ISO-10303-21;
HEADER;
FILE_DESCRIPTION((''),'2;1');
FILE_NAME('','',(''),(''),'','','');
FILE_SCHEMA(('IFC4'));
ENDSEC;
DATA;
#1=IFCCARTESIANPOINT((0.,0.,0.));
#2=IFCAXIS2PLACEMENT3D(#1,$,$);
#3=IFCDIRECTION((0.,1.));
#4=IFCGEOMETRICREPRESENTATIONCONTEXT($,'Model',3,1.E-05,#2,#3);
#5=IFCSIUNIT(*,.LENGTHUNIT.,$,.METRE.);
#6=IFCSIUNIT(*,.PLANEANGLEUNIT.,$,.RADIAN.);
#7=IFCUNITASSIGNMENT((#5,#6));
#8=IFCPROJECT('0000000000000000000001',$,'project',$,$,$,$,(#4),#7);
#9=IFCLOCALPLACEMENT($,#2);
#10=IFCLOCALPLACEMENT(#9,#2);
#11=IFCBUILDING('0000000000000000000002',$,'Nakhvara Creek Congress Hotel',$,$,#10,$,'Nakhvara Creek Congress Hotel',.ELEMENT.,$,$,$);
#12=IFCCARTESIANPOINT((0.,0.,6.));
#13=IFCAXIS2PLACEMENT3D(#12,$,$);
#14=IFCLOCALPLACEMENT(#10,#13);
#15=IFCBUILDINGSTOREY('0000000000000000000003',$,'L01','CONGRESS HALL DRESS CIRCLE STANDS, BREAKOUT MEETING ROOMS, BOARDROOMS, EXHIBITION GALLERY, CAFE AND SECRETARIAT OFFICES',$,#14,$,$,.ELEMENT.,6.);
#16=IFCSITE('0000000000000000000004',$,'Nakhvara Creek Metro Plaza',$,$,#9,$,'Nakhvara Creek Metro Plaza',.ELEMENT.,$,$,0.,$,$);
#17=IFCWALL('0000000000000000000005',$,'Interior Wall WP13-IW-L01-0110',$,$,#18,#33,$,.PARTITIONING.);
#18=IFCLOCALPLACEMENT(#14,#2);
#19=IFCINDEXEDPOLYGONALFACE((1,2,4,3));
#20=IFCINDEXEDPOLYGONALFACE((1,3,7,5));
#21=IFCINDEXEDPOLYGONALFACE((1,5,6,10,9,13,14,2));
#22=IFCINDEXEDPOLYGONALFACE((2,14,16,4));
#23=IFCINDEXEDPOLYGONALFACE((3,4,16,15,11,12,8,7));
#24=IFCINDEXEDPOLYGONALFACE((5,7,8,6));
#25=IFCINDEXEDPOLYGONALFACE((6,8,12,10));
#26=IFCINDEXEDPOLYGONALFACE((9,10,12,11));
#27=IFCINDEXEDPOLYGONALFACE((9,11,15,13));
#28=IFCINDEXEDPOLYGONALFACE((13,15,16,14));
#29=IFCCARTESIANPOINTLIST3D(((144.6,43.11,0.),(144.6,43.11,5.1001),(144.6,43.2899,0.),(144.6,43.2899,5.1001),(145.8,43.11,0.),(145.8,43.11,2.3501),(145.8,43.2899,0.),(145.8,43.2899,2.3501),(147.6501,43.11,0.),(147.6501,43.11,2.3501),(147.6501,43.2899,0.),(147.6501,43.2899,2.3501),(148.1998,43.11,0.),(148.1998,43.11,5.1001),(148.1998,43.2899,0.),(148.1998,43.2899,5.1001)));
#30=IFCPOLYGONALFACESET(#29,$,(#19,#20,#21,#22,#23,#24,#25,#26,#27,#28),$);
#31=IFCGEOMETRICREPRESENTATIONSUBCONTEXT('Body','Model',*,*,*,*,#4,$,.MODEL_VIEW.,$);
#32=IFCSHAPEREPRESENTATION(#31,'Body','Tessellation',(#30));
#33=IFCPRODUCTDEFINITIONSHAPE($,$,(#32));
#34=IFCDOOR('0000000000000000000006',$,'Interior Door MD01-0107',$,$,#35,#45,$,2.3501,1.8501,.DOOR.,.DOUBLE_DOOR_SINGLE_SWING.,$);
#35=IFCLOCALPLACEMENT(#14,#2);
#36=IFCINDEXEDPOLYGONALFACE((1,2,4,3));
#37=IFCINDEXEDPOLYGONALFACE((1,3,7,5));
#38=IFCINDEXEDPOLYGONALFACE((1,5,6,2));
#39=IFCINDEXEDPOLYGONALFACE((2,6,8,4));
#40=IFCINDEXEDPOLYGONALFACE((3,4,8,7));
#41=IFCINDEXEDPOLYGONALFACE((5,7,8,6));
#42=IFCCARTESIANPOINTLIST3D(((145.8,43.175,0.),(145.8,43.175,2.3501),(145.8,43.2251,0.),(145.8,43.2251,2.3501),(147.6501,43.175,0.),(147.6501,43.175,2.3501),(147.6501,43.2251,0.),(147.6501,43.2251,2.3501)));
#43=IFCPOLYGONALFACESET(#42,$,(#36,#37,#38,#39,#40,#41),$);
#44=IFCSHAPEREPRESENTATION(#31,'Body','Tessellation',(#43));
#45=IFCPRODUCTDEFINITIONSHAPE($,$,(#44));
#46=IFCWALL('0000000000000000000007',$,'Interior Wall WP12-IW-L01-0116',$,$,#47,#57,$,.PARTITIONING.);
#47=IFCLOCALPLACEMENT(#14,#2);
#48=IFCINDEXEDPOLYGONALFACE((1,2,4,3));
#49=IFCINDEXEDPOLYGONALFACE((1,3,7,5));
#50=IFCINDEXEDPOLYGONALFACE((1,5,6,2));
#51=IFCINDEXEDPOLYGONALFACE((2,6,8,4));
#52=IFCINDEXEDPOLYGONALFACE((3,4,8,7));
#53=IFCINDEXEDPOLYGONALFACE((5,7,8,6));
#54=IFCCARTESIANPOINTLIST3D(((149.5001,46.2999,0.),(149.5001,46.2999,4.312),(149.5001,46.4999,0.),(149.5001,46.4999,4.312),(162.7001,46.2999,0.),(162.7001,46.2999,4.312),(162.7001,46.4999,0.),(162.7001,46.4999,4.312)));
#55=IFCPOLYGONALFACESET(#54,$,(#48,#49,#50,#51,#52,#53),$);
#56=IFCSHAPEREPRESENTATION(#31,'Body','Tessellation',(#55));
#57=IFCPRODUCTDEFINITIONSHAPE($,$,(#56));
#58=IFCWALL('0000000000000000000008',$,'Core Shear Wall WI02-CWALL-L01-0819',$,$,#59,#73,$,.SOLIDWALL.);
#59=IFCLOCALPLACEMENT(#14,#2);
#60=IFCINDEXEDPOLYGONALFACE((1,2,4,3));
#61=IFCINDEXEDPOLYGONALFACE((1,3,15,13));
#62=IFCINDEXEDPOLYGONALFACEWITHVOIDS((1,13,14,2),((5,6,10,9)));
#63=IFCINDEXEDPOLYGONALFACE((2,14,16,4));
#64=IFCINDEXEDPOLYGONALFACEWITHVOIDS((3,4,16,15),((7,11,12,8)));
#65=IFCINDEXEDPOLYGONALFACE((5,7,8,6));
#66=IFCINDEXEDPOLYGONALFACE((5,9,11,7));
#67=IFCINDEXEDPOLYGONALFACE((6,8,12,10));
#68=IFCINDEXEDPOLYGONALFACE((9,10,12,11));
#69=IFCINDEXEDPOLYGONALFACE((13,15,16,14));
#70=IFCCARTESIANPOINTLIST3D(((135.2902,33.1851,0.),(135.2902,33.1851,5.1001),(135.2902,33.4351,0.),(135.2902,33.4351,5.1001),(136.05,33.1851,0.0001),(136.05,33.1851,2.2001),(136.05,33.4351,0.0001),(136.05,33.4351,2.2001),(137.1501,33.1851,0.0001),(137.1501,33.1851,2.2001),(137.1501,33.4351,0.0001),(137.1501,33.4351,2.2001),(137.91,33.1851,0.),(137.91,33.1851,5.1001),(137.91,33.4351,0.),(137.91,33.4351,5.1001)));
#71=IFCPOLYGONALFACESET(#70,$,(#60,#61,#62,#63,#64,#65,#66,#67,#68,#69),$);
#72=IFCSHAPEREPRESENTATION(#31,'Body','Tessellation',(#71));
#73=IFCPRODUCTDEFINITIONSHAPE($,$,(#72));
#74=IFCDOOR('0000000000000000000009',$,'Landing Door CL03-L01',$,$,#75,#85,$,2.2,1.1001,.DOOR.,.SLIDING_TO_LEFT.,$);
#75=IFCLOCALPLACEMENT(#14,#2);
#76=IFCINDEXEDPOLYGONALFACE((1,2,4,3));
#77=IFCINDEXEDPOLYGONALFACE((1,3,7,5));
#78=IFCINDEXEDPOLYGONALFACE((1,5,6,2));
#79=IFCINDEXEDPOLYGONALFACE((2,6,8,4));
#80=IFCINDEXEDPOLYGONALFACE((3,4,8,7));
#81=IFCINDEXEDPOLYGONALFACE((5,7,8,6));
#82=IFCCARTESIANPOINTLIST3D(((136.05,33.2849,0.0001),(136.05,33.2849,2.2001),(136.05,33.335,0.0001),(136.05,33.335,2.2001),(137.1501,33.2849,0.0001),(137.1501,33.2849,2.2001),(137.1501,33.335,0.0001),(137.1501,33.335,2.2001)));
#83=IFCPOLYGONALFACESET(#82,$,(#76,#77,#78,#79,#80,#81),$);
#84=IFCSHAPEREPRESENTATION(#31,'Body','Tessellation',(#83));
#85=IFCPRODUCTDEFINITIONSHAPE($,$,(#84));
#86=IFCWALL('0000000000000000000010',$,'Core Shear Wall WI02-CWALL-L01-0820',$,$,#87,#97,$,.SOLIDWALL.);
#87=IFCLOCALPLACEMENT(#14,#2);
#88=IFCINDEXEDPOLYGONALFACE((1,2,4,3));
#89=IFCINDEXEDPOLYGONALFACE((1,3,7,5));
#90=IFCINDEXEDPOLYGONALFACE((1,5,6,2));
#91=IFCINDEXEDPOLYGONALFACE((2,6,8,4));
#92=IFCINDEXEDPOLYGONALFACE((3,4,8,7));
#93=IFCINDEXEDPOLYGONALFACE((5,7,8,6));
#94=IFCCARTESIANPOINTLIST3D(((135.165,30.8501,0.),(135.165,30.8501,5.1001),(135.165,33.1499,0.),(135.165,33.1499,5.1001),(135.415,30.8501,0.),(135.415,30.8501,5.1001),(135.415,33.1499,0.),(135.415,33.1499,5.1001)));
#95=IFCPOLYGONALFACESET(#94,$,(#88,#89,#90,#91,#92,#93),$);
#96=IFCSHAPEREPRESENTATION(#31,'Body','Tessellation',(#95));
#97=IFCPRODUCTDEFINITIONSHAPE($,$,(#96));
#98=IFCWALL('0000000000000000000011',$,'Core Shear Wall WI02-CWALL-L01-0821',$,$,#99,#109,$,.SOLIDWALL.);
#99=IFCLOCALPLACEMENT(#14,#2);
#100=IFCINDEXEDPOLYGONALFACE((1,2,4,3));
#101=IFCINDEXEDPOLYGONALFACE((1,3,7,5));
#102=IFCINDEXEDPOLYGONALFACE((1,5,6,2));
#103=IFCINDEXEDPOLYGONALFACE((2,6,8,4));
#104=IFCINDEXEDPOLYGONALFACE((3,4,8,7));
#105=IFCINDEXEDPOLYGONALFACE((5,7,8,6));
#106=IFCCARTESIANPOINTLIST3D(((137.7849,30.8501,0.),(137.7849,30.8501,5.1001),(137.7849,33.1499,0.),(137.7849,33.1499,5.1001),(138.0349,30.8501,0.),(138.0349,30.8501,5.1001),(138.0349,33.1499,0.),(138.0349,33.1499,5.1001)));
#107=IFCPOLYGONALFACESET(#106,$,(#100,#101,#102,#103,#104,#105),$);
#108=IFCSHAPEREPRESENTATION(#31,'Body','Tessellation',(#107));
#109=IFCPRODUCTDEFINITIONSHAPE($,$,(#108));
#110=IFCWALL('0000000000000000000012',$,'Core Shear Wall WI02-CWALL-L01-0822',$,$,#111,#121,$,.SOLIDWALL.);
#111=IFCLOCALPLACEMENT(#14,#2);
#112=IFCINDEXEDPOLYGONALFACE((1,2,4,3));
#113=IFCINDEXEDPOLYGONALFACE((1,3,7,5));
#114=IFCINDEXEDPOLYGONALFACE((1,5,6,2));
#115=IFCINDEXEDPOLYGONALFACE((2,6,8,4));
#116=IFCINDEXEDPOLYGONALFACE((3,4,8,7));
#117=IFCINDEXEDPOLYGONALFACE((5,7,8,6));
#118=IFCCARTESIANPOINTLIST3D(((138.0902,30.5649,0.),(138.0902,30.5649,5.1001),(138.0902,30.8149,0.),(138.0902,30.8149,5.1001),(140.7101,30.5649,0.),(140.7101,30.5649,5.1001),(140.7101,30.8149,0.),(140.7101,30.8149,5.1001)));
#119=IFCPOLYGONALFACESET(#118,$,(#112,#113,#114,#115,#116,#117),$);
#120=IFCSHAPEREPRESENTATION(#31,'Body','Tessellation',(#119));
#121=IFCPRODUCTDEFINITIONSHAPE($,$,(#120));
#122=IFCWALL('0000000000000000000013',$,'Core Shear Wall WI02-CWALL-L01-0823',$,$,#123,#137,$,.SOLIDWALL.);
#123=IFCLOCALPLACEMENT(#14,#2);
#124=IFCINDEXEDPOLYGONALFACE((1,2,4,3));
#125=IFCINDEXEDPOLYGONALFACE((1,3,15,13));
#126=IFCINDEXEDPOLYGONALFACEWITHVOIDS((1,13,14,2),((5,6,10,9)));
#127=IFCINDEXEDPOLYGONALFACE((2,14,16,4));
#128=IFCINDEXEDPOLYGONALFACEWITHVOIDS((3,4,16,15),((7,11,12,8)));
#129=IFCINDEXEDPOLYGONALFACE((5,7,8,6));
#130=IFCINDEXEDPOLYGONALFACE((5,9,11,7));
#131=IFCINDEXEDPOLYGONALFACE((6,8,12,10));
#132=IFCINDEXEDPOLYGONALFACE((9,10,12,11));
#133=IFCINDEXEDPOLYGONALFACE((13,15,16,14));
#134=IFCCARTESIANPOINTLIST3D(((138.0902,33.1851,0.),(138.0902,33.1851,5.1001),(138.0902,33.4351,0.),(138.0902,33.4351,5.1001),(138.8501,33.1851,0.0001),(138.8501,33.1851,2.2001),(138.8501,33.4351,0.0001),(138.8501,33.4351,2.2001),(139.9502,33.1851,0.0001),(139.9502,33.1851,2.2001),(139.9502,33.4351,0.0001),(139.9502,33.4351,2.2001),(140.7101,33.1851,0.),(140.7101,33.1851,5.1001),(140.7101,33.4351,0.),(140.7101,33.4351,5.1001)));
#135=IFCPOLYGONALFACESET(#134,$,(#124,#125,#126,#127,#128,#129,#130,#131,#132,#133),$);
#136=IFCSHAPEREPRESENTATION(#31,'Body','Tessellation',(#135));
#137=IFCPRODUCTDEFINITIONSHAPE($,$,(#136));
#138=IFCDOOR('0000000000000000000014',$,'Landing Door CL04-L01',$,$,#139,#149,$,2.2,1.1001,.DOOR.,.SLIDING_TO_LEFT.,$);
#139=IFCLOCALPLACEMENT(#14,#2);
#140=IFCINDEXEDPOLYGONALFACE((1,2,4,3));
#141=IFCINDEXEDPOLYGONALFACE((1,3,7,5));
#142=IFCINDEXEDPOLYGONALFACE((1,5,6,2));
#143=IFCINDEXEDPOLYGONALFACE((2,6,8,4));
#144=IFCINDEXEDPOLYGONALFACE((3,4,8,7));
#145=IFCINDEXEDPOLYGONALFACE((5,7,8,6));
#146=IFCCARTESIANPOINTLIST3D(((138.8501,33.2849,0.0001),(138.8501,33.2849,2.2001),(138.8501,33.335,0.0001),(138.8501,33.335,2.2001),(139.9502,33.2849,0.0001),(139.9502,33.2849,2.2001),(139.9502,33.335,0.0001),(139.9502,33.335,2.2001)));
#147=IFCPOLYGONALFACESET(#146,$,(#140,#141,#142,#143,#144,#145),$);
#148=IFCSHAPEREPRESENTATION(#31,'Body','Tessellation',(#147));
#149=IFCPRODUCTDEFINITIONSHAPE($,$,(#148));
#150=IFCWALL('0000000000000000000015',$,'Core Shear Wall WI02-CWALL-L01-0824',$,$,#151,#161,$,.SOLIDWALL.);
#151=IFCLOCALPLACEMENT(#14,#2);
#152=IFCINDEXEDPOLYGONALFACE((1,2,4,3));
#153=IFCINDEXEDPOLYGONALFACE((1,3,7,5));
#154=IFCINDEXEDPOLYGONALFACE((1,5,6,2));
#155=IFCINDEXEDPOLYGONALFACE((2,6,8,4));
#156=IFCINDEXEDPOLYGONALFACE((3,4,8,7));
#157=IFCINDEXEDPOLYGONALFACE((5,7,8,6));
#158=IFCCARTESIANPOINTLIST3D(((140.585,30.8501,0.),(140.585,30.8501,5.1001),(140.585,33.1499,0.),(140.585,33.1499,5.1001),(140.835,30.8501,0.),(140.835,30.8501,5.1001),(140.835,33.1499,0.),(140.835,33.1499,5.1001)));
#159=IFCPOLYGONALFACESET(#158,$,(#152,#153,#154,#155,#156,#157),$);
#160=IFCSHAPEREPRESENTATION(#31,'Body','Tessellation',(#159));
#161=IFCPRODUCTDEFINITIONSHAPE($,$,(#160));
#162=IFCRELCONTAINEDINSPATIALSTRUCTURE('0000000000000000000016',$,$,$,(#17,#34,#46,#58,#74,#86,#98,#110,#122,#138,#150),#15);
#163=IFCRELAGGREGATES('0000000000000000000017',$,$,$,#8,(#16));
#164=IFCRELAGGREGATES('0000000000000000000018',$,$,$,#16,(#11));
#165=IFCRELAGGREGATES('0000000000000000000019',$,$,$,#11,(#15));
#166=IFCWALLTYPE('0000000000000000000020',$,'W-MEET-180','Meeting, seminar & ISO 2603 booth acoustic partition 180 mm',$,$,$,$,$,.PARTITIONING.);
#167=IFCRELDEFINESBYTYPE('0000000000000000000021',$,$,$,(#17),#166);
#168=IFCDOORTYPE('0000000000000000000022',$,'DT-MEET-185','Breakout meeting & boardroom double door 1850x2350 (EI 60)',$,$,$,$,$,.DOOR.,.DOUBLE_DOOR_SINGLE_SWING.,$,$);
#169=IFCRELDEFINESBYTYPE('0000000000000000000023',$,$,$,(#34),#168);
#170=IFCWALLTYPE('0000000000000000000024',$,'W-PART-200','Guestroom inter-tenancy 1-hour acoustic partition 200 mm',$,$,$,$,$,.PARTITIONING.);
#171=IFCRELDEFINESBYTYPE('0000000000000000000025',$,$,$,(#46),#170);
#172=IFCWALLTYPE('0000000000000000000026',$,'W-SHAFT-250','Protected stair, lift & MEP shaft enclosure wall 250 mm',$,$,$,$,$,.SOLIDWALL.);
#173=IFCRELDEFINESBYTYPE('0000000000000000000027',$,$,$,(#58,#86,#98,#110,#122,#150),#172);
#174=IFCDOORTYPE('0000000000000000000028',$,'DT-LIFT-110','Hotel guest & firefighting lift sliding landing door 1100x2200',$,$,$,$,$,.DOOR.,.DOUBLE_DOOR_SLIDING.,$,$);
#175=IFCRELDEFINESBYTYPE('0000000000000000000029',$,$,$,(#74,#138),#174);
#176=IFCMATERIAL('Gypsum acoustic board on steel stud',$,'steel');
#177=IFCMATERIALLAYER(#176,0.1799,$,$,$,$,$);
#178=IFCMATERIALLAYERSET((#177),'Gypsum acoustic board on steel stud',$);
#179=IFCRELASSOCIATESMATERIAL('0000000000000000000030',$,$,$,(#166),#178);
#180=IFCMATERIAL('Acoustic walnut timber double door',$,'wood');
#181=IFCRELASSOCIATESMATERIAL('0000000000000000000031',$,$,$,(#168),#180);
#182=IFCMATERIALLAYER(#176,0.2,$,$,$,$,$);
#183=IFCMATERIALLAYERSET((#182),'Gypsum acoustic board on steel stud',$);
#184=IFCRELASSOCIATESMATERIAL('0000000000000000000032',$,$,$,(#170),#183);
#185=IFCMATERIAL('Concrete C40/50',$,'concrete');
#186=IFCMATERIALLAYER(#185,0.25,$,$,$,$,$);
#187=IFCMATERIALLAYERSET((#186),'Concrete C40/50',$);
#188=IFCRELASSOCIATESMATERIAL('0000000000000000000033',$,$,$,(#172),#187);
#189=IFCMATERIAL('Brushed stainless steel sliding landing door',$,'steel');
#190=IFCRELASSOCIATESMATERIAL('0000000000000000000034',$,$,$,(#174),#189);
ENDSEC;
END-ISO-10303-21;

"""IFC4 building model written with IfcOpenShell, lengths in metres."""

from ifc_helpers import new_model, si_unit, direction, frame, frame_2d, origin, place, context, subcontext, project, spatial, rectangle, extrude, material, layer, layer_set, type_object, element, fill, save


model = new_model("IFC4")

# Units and contexts
model_context = context("Model", 3, precision=1e-05, world=origin(), true_north=direction((0.0, 1.0)))
body_context = subcontext(model_context, "Body", "Model", "MODEL_VIEW")
ifc_project = project(units=[si_unit("LENGTHUNIT", "METRE"), si_unit("PLANEANGLEUNIT", "RADIAN")], contexts=[model_context])

# Site, building, storey
site_placement = place(None, origin())
site = spatial("IfcSite", under=ifc_project, at=site_placement, Name="Nakhvara Creek Metro Plaza", LongName="Nakhvara Creek Metro Plaza", CompositionType="ELEMENT", RefElevation=0.0)
building_placement = place(site_placement, origin())
building = spatial("IfcBuilding", under=site, at=building_placement, Name="Nakhvara Creek Congress Hotel", LongName="Nakhvara Creek Congress Hotel", CompositionType="ELEMENT")
storey_placement = place(building_placement, frame((0.0, 0.0, 6.0)))
storey = spatial("IfcBuildingStorey", under=building, at=storey_placement, Name="L01", Description="CONGRESS HALL DRESS CIRCLE STANDS, BREAKOUT MEETING ROOMS, BOARDROOMS, EXHIBITION GALLERY, CAFE AND SECRETARIAT OFFICES", CompositionType="ELEMENT", Elevation=6.0)

# Shared definitions
ifc_material_1 = material(Name="Concrete C40/50", Category="concrete")

# Wall, opening, door
ifc_material_2 = material(Name="Gypsum acoustic board on steel stud", Category="steel")
ifc_layer_1 = layer(ifc_material_2, 0.1799)
ifc_layer_set_1 = layer_set([ifc_layer_1], Name="Gypsum acoustic board on steel stud")
wall_type_1 = type_object("IfcWallType", Name="W-MEET-180", Description="Meeting, seminar & ISO 2603 booth acoustic partition 180 mm", PredefinedType="PARTITIONING", material=ifc_layer_set_1)
wall_1_placement = place(storey_placement, frame((144.6001, 43.2, 0.0), z_axis=(0.0, 0.0, 1.0), x_axis=(1.0, 0.0, 0.0)))
wall_1 = element("IfcWall", 1, at=wall_1_placement, inside=storey, type_object=wall_type_1, Name="Interior Wall WP13-IW-L01-0110", PredefinedType="PARTITIONING", context=body_context, shape_type="SweptSolid", body=[
    extrude(rectangle(XDim=3.5999, YDim=0.1799, at=frame_2d((1.7998, 0.0))), origin(), (0.0, 0.0, 1.0), 5.1001),
])
opening_1_placement = place(wall_1_placement, frame((1.2, 0.0, 0.0)))
opening_1 = element("IfcOpeningElement", 2, at=opening_1_placement, cuts=wall_1, PredefinedType="OPENING", context=body_context, shape_type="SweptSolid", body=[
    extrude(rectangle(XDim=1.8501, YDim=2.3501, at=frame_2d((0.925, 1.175))), frame((0.0, 0.1021, 0.0), z_axis=(0.0, -1.0, 0.0), x_axis=(1.0, 0.0, 0.0)), (0.0, 0.0, 1.0), 0.2039),
])
ifc_material_3 = material(Name="Acoustic walnut timber double door", Category="wood")
door_type_1 = type_object("IfcDoorType", Name="DT-MEET-185", Description="Breakout meeting & boardroom double door 1850x2350 (EI 60)", OperationType="DOUBLE_DOOR_SINGLE_SWING", PredefinedType="DOOR", material=ifc_material_3)
door_1_placement = place(opening_1_placement, frame((1.8501, 0.0, 0.0), z_axis=(0.0, 0.0, 1.0), x_axis=(-1.0, 0.0, 0.0)))
door_1 = element("IfcDoor", 3, at=door_1_placement, inside=storey, type_object=door_type_1, Name="Interior Door MD01-0107", OperationType="DOUBLE_DOOR_SINGLE_SWING", OverallHeight=2.3501, OverallWidth=1.8501, PredefinedType="DOOR", context=body_context, shape_type="SweptSolid", body=[
    extrude(rectangle(XDim=1.8501, YDim=2.3501, at=frame_2d((0.925, 1.175))), frame((0.0, 0.0249, 0.0), z_axis=(0.0, -1.0, 0.0), x_axis=(1.0, 0.0, 0.0)), (0.0, 0.0, 1.0), 0.05),
])
fill(opening_1, door_1)

# Wall
ifc_layer_2 = layer(ifc_material_2, 0.2)
ifc_layer_set_2 = layer_set([ifc_layer_2], Name="Gypsum acoustic board on steel stud")
wall_type_2 = type_object("IfcWallType", Name="W-PART-200", Description="Guestroom inter-tenancy 1-hour acoustic partition 200 mm", PredefinedType="PARTITIONING", material=ifc_layer_set_2)
wall_2_placement = place(storey_placement, frame((149.5, 46.3999, 0.0), z_axis=(0.0, 0.0, 1.0), x_axis=(1.0, 0.0, 0.0)))
element("IfcWall", 4, at=wall_2_placement, inside=storey, type_object=wall_type_2, Name="Interior Wall WP12-IW-L01-0116", PredefinedType="PARTITIONING", context=body_context, shape_type="SweptSolid", body=[
    extrude(rectangle(XDim=13.2, YDim=0.2, at=frame_2d((6.6001, 0.0))), origin(), (0.0, 0.0, 1.0), 4.312),
])
ifc_layer_3 = layer(ifc_material_1, 0.25)
ifc_layer_set_3 = layer_set([ifc_layer_3], Name="Concrete C40/50")
wall_type_3 = type_object("IfcWallType", Name="W-SHAFT-250", Description="Protected stair, lift & MEP shaft enclosure wall 250 mm", PredefinedType="SOLIDWALL", material=ifc_layer_set_3)

# Wall, opening, door
wall_3_placement = place(storey_placement, frame((135.29, 33.3101, 0.0), z_axis=(0.0, 0.0, 1.0), x_axis=(1.0, 0.0, 0.0)))
wall_3 = element("IfcWall", 5, at=wall_3_placement, inside=storey, type_object=wall_type_3, Name="Core Shear Wall WI02-CWALL-L01-0819", PredefinedType="SOLIDWALL", context=body_context, shape_type="SweptSolid", body=[
    extrude(rectangle(XDim=2.6199, YDim=0.25, at=frame_2d((1.3101, 0.0))), origin(), (0.0, 0.0, 1.0), 5.1001),
])
opening_2_placement = place(wall_3_placement, frame((0.76, 0.0, 0.0)))
opening_2 = element("IfcOpeningElement", 6, at=opening_2_placement, cuts=wall_3, PredefinedType="OPENING", context=body_context, shape_type="SweptSolid", body=[
    extrude(rectangle(XDim=1.1001, YDim=2.2, at=frame_2d((0.55, 1.1001))), frame((0.0, 0.137, 0.0), z_axis=(0.0, -1.0, 0.0), x_axis=(1.0, 0.0, 0.0)), (0.0, 0.0, 1.0), 0.2739),
])
ifc_material_4 = material(Name="Brushed stainless steel sliding landing door", Category="steel")
door_type_2 = type_object("IfcDoorType", Name="DT-LIFT-110", Description="Hotel guest & firefighting lift sliding landing door 1100x2200", OperationType="DOUBLE_DOOR_SLIDING", PredefinedType="DOOR", material=ifc_material_4)
door_2_placement = place(opening_2_placement, origin())
door_2 = element("IfcDoor", 7, at=door_2_placement, inside=storey, type_object=door_type_2, Name="Landing Door CL03-L01", OperationType="SLIDING_TO_LEFT", OverallHeight=2.2, OverallWidth=1.1001, PredefinedType="DOOR", context=body_context, shape_type="SweptSolid", body=[
    extrude(rectangle(XDim=1.1001, YDim=2.2, at=frame_2d((0.55, 1.1001))), frame((0.0, 0.0249, 0.0), z_axis=(0.0, -1.0, 0.0), x_axis=(1.0, 0.0, 0.0)), (0.0, 0.0, 1.0), 0.05),
])
fill(opening_2, door_2)

# Walls
for number, where, z_axis, x_axis, name in (
    (8, (135.29, 30.8501, 0.0), (0.0, 0.0, 1.0), (0.0, 1.0, 0.0), "Core Shear Wall WI02-CWALL-L01-0820"),
    (9, (137.9099, 30.8501, 0.0), (0.0, 0.0, 1.0), (0.0, 1.0, 0.0), "Core Shear Wall WI02-CWALL-L01-0821"),
):
    element("IfcWall", number, at=place(storey_placement, frame(where, z_axis=z_axis, x_axis=x_axis)), inside=storey, type_object=wall_type_3, Name=name, PredefinedType="SOLIDWALL", context=body_context, shape_type="SweptSolid", body=[
        extrude(rectangle(XDim=2.2998, YDim=0.25, at=frame_2d((1.1499, 0.0))), origin(), (0.0, 0.0, 1.0), 5.1001),
    ])
wall_4_placement = place(storey_placement, frame((138.0901, 30.6899, 0.0), z_axis=(0.0, 0.0, 1.0), x_axis=(1.0, 0.0, 0.0)))
element("IfcWall", 10, at=wall_4_placement, inside=storey, type_object=wall_type_3, Name="Core Shear Wall WI02-CWALL-L01-0822", PredefinedType="SOLIDWALL", context=body_context, shape_type="SweptSolid", body=[
    extrude(rectangle(XDim=2.6199, YDim=0.25, at=frame_2d((1.3101, 0.0))), origin(), (0.0, 0.0, 1.0), 5.1001),
])

# Wall, opening, door
wall_5_placement = place(storey_placement, frame((138.0901, 33.3101, 0.0), z_axis=(0.0, 0.0, 1.0), x_axis=(1.0, 0.0, 0.0)))
wall_5 = element("IfcWall", 11, at=wall_5_placement, inside=storey, type_object=wall_type_3, Name="Core Shear Wall WI02-CWALL-L01-0823", PredefinedType="SOLIDWALL", context=body_context, shape_type="SweptSolid", body=[
    extrude(rectangle(XDim=2.6199, YDim=0.25, at=frame_2d((1.3101, 0.0))), origin(), (0.0, 0.0, 1.0), 5.1001),
])
opening_3_placement = place(wall_5_placement, frame((0.76, 0.0, 0.0)))
opening_3 = element("IfcOpeningElement", 12, at=opening_3_placement, cuts=wall_5, PredefinedType="OPENING", context=body_context, shape_type="SweptSolid", body=[
    extrude(rectangle(XDim=1.1001, YDim=2.2, at=frame_2d((0.55, 1.1001))), frame((0.0, 0.137, 0.0), z_axis=(0.0, -1.0, 0.0), x_axis=(1.0, 0.0, 0.0)), (0.0, 0.0, 1.0), 0.2739),
])
door_3_placement = place(opening_3_placement, origin())
door_3 = element("IfcDoor", 13, at=door_3_placement, inside=storey, type_object=door_type_2, Name="Landing Door CL04-L01", OperationType="SLIDING_TO_LEFT", OverallHeight=2.2, OverallWidth=1.1001, PredefinedType="DOOR", context=body_context, shape_type="SweptSolid", body=[
    extrude(rectangle(XDim=1.1001, YDim=2.2, at=frame_2d((0.55, 1.1001))), frame((0.0, 0.0249, 0.0), z_axis=(0.0, -1.0, 0.0), x_axis=(1.0, 0.0, 0.0)), (0.0, 0.0, 1.0), 0.05),
])
fill(opening_3, door_3)

# Wall
wall_6_placement = place(storey_placement, frame((140.71, 30.8501, 0.0), z_axis=(0.0, 0.0, 1.0), x_axis=(0.0, 1.0, 0.0)))
element("IfcWall", 14, at=wall_6_placement, inside=storey, type_object=wall_type_3, Name="Core Shear Wall WI02-CWALL-L01-0824", PredefinedType="SOLIDWALL", context=body_context, shape_type="SweptSolid", body=[
    extrude(rectangle(XDim=2.2998, YDim=0.25, at=frame_2d((1.1499, 0.0))), origin(), (0.0, 0.0, 1.0), 5.1001),
])

save(model, "model.ifc")
